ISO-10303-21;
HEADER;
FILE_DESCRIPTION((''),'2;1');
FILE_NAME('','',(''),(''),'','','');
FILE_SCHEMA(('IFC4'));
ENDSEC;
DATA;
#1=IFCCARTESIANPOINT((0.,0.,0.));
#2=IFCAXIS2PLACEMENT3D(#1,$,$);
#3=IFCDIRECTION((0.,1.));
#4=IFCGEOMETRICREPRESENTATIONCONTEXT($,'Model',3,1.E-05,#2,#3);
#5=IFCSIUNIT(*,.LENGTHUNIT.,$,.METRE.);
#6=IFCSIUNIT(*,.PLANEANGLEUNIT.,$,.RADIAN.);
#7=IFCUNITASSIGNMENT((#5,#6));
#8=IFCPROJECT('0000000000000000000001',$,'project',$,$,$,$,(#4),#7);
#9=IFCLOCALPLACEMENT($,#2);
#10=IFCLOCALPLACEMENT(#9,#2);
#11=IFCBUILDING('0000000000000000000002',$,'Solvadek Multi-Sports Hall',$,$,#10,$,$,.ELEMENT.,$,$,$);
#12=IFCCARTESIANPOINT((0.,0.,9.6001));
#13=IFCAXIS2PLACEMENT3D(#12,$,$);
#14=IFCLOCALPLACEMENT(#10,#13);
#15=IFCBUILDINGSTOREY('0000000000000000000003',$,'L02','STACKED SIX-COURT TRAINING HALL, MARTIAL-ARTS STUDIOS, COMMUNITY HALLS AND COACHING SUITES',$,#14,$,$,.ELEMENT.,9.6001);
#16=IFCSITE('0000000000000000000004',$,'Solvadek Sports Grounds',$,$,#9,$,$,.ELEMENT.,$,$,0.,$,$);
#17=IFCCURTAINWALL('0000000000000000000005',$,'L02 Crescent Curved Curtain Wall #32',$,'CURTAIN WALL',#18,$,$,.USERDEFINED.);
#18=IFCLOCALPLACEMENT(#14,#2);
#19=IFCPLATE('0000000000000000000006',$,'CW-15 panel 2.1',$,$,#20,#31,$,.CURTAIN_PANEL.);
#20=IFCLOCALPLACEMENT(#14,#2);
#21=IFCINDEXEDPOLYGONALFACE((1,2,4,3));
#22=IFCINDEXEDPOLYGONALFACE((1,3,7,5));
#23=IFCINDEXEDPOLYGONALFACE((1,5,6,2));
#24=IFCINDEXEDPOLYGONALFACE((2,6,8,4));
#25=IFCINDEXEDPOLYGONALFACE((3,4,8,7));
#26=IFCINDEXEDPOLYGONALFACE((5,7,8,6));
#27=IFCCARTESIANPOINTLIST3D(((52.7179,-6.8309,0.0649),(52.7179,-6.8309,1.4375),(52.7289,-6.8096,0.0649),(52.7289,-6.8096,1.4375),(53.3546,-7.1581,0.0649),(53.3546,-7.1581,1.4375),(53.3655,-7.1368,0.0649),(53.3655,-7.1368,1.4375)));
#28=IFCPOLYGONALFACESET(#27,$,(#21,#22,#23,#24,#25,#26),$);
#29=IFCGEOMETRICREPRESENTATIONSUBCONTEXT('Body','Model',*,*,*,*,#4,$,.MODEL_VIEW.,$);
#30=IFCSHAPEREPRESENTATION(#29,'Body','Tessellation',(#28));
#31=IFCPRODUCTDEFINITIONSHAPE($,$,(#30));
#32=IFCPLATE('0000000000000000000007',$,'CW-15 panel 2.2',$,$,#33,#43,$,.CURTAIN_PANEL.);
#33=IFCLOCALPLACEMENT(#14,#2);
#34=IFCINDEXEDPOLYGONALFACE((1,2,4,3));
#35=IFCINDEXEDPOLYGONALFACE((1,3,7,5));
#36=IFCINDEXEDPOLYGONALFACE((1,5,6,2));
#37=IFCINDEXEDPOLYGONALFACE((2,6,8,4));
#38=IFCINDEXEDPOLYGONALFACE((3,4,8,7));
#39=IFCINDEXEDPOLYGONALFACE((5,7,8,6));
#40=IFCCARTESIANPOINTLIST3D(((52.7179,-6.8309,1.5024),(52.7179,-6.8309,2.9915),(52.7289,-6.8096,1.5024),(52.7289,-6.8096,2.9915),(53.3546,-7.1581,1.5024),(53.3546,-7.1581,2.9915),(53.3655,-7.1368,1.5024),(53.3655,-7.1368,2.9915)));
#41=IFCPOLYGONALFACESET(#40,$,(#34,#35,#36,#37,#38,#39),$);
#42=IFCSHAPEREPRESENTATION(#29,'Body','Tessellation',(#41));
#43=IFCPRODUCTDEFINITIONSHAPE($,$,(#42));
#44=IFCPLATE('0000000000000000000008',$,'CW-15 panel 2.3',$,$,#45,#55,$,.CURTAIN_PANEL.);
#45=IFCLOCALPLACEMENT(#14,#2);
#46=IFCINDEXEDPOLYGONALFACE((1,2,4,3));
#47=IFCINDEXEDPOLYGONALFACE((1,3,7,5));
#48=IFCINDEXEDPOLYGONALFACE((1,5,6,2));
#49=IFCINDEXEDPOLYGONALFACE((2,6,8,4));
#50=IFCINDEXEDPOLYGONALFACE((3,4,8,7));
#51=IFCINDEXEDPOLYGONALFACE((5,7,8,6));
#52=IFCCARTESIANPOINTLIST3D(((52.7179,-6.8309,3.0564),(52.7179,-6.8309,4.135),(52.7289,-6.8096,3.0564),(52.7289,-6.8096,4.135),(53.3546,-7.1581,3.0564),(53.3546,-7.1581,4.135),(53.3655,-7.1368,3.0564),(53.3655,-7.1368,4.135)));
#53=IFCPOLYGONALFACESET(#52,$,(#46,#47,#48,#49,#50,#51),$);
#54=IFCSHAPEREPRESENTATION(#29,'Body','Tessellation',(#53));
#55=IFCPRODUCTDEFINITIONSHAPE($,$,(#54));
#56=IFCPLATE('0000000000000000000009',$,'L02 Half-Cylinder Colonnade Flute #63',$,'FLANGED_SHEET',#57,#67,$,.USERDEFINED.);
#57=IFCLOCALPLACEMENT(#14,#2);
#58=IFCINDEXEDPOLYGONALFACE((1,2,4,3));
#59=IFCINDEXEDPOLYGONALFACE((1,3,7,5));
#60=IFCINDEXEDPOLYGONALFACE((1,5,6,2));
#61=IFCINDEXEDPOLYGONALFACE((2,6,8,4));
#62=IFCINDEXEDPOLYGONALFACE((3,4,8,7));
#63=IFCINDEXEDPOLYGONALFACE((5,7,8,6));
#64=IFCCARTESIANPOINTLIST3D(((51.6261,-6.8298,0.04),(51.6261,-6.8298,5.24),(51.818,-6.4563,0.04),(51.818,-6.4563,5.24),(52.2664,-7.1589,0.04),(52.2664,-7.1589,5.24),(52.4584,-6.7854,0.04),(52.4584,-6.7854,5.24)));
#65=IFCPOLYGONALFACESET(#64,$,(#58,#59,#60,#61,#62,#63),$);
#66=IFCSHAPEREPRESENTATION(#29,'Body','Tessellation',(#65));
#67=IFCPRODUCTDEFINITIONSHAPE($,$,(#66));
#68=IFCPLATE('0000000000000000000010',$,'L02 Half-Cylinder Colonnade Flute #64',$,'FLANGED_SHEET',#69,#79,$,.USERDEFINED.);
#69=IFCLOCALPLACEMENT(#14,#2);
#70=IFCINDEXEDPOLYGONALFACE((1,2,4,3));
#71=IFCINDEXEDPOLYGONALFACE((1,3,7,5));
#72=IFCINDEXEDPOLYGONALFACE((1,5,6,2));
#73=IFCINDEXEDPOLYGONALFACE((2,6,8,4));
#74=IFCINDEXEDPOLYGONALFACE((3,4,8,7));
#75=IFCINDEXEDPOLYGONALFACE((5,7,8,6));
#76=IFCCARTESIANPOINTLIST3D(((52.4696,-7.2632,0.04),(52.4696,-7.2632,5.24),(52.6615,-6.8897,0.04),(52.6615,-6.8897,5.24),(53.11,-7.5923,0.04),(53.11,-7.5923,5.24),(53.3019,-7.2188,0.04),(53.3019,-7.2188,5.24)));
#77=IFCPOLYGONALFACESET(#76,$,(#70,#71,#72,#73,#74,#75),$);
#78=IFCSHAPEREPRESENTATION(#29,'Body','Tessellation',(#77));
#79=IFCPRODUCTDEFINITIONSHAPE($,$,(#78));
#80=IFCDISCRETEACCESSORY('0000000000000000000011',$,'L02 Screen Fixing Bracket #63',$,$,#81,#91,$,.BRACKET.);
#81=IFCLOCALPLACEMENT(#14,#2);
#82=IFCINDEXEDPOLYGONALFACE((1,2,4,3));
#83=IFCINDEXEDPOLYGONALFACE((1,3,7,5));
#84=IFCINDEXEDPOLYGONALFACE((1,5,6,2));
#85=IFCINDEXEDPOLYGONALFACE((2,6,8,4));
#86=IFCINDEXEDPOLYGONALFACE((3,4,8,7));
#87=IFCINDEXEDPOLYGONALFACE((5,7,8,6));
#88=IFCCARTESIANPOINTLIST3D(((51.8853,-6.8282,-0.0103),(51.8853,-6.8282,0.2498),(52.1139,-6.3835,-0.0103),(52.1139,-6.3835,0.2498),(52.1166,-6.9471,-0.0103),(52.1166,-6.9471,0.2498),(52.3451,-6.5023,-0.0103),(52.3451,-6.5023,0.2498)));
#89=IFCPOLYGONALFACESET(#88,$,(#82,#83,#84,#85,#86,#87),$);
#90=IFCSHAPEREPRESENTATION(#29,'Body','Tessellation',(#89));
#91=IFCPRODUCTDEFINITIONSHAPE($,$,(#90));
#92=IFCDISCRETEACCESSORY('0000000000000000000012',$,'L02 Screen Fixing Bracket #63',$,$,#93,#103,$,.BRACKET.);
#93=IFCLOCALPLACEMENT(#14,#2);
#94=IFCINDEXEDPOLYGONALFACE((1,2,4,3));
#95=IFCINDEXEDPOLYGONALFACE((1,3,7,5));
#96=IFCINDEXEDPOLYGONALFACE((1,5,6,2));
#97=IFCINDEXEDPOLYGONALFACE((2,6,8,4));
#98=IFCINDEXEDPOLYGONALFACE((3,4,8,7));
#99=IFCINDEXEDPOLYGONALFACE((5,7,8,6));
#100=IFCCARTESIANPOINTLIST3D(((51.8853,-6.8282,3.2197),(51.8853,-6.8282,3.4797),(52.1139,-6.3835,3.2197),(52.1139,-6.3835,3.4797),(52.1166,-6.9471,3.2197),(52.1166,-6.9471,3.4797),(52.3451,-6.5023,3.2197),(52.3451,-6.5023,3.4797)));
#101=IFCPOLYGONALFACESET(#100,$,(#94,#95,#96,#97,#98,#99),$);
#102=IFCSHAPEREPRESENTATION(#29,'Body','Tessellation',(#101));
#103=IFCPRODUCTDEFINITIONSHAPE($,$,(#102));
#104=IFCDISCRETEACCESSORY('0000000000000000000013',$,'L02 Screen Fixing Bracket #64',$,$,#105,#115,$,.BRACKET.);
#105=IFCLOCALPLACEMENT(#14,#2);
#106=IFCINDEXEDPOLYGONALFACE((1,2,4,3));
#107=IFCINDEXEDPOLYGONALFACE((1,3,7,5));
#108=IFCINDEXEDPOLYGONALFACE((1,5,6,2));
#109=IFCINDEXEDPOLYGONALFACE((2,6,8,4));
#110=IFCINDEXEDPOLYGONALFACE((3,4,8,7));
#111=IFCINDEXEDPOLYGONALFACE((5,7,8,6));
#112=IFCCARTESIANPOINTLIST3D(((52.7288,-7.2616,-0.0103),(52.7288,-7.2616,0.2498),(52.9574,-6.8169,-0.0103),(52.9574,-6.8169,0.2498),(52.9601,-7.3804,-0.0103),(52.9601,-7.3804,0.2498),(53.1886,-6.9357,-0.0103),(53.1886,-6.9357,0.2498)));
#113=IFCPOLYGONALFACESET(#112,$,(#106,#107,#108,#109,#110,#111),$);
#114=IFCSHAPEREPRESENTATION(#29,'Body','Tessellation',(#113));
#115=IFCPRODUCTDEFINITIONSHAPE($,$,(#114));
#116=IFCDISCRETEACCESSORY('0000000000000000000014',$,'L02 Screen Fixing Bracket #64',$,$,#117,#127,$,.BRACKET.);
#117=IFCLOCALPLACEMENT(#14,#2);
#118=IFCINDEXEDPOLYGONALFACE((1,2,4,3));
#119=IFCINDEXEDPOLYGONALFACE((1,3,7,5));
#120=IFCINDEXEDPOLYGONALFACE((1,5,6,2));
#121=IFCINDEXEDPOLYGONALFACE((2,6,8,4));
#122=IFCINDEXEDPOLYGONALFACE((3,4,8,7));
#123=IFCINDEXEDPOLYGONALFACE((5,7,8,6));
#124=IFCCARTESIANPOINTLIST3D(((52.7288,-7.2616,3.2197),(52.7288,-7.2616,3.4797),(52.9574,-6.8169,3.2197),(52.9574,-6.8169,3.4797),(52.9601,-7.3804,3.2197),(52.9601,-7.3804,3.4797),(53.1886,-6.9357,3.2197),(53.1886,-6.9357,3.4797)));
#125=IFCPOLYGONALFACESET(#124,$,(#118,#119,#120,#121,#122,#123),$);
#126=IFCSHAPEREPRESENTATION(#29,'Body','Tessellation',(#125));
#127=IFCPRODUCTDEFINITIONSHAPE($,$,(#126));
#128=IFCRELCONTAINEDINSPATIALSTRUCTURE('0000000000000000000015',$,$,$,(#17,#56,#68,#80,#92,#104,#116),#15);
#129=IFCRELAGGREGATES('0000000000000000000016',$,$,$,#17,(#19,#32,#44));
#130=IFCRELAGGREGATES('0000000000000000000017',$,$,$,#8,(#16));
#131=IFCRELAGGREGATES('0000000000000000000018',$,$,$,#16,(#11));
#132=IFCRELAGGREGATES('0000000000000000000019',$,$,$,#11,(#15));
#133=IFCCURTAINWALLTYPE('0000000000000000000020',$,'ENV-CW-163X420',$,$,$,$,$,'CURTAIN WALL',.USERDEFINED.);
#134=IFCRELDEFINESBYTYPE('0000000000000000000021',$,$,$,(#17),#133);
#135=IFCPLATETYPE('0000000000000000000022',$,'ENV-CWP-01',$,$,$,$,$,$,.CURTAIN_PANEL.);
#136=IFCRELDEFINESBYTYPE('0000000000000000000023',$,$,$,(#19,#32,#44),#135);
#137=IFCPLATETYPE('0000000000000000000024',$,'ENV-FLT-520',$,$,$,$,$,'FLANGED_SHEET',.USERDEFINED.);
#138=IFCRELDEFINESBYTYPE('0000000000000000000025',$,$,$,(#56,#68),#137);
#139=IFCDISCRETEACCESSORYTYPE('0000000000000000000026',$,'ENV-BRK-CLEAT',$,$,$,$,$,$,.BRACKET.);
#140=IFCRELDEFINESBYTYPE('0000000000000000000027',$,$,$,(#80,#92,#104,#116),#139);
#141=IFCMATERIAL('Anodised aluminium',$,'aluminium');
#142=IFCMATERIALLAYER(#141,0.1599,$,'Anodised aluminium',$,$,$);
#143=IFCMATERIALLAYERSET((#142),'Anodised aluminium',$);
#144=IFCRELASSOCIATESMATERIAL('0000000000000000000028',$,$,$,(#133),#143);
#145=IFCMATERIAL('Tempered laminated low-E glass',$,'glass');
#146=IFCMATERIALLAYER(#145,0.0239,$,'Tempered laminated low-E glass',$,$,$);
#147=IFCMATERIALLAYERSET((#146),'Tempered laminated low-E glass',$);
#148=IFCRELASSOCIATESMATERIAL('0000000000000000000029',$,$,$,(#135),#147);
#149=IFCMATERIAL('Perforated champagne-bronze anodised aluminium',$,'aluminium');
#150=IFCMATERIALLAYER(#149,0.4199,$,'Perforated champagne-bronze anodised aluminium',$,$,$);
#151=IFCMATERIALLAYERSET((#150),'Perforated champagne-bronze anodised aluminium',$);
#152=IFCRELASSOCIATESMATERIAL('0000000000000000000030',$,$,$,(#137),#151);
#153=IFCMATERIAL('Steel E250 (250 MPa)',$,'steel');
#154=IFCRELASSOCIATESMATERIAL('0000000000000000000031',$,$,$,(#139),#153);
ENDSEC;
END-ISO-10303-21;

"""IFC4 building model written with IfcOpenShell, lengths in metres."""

from ifc_helpers import new_model, si_unit, direction, frame, origin, origin_2d, place, context, subcontext, project, spatial, rectangle, extrude, material, layer, layer_set, type_object, element, aggregate, save


model = new_model("IFC4")

# Units and contexts
model_context = context("Model", 3, precision=1e-05, world=origin(), true_north=direction((0.0, 1.0)))
body_context = subcontext(model_context, "Body", "Model", "MODEL_VIEW")
ifc_project = project(units=[si_unit("LENGTHUNIT", "METRE"), si_unit("PLANEANGLEUNIT", "RADIAN")], contexts=[model_context])

# Site, building, storey
site_placement = place(None, origin())
site = spatial("IfcSite", under=ifc_project, at=site_placement, Name="Solvadek Sports Grounds", CompositionType="ELEMENT", RefElevation=0.0)
building_placement = place(site_placement, origin())
building = spatial("IfcBuilding", under=site, at=building_placement, Name="Solvadek Multi-Sports Hall", CompositionType="ELEMENT")
storey_placement = place(building_placement, frame((0.0, 0.0, 9.6001)))
storey = spatial("IfcBuildingStorey", under=building, at=storey_placement, Name="L02", Description="STACKED SIX-COURT TRAINING HALL, MARTIAL-ARTS STUDIOS, COMMUNITY HALLS AND COACHING SUITES", CompositionType="ELEMENT", Elevation=9.6001)

# Curtain wall
ifc_material_1 = material(Name="Anodised aluminium", Category="aluminium")
ifc_layer_1 = layer(ifc_material_1, 0.1599, Name="Anodised aluminium")
ifc_layer_set_1 = layer_set([ifc_layer_1], Name="Anodised aluminium")
curtain_wall_type_1 = type_object("IfcCurtainWallType", Name="ENV-CW-163X420", ElementType="CURTAIN WALL", PredefinedType="USERDEFINED", material=ifc_layer_set_1)
curtain_wall_1_placement = place(storey_placement, origin())
curtain_wall_1 = element("IfcCurtainWall", 1, at=curtain_wall_1_placement, inside=storey, type_object=curtain_wall_type_1, Name="L02 Crescent Curved Curtain Wall #32", ObjectType="CURTAIN WALL", PredefinedType="USERDEFINED")

# Plates
ifc_material_2 = material(Name="Tempered laminated low-E glass", Category="glass")
ifc_layer_2 = layer(ifc_material_2, 0.0239, Name="Tempered laminated low-E glass")
ifc_layer_set_2 = layer_set([ifc_layer_2], Name="Tempered laminated low-E glass")
plate_type_1 = type_object("IfcPlateType", Name="ENV-CWP-01", PredefinedType="CURTAIN_PANEL", material=ifc_layer_set_2)
plate_1_placement = place(storey_placement, frame((53.0417, -6.9839, 0.0649), z_axis=(0.0, 0.0, 1.0), x_axis=(0.889417, -0.457097, 0.0)))
plate_1 = element("IfcPlate", 2, at=plate_1_placement, type_object=plate_type_1, Name="CW-15 panel 2.1", PredefinedType="CURTAIN_PANEL", context=body_context, shape_type="SweptSolid", body=[
    extrude(rectangle(XDim=0.7158, YDim=0.0239, at=origin_2d()), origin(), (0.0, 0.0, 1.0), 1.3726),
])
plate_2_placement = place(storey_placement, frame((53.0417, -6.9839, 1.5024), z_axis=(0.0, 0.0, 1.0), x_axis=(0.889417, -0.457097, 0.0)))
plate_2 = element("IfcPlate", 3, at=plate_2_placement, type_object=plate_type_1, Name="CW-15 panel 2.2", PredefinedType="CURTAIN_PANEL", context=body_context, shape_type="SweptSolid", body=[
    extrude(rectangle(XDim=0.7158, YDim=0.0239, at=origin_2d()), origin(), (0.0, 0.0, 1.0), 1.489),
])
plate_3_placement = place(storey_placement, frame((53.0417, -6.9839, 3.0564), z_axis=(0.0, 0.0, 1.0), x_axis=(0.889417, -0.457097, 0.0)))
plate_3 = element("IfcPlate", 4, at=plate_3_placement, type_object=plate_type_1, Name="CW-15 panel 2.3", PredefinedType="CURTAIN_PANEL", context=body_context, shape_type="SweptSolid", body=[
    extrude(rectangle(XDim=0.7158, YDim=0.0239, at=origin_2d()), origin(), (0.0, 0.0, 1.0), 1.0786),
])
aggregate(curtain_wall_1, [plate_1, plate_2, plate_3])

# Plates
ifc_material_3 = material(Name="Perforated champagne-bronze anodised aluminium", Category="aluminium")
ifc_layer_3 = layer(ifc_material_3, 0.4199, Name="Perforated champagne-bronze anodised aluminium")
ifc_layer_set_3 = layer_set([ifc_layer_3], Name="Perforated champagne-bronze anodised aluminium")
plate_type_2 = type_object("IfcPlateType", Name="ENV-FLT-520", ElementType="FLANGED_SHEET", PredefinedType="USERDEFINED", material=ifc_layer_set_3)
for number, where, z_axis, x_axis, name in (
    (5, (52.0422, -6.8076, 0.04), (0.0, 0.0, 1.0), (0.889427, -0.457078, 0.0), "L02 Half-Cylinder Colonnade Flute #63"),
    (6, (52.8857, -7.241, 0.04), (0.0, 0.0, 1.0), (0.889427, -0.457078, 0.0), "L02 Half-Cylinder Colonnade Flute #64"),
):
    element("IfcPlate", number, at=place(storey_placement, frame(where, z_axis=z_axis, x_axis=x_axis)), inside=storey, type_object=plate_type_2, Name=name, ObjectType="FLANGED_SHEET", PredefinedType="USERDEFINED", context=body_context, shape_type="SweptSolid", body=[
        extrude(rectangle(XDim=0.72, YDim=0.4199, at=origin_2d()), origin(), (0.0, 0.0, 1.0), 5.2),
    ])

# Discrete accessories
ifc_material_4 = material(Name="Steel E250 (250 MPa)", Category="steel")
discrete_accessory_type = type_object("IfcDiscreteAccessoryType", Name="ENV-BRK-CLEAT", PredefinedType="BRACKET", material=ifc_material_4)
for number, where, z_axis, x_axis, name in (
    (7, (52.1152, -6.6653, -0.0103), (0.0, 0.0, 1.0), (0.889427, -0.457078, 0.0), "L02 Screen Fixing Bracket #63"),
    (8, (52.1152, -6.6653, 3.2197), (0.0, 0.0, 1.0), (0.889427, -0.457078, 0.0), "L02 Screen Fixing Bracket #63"),
    (9, (52.9587, -7.0986, -0.0103), (0.0, 0.0, 1.0), (0.889427, -0.457078, 0.0), "L02 Screen Fixing Bracket #64"),
    (10, (52.9587, -7.0986, 3.2197), (0.0, 0.0, 1.0), (0.889427, -0.457078, 0.0), "L02 Screen Fixing Bracket #64"),
):
    element("IfcDiscreteAccessory", number, at=place(storey_placement, frame(where, z_axis=z_axis, x_axis=x_axis)), inside=storey, type_object=discrete_accessory_type, Name=name, PredefinedType="BRACKET", context=body_context, shape_type="SweptSolid", body=[
        extrude(rectangle(XDim=0.26, YDim=0.5, at=origin_2d()), origin(), (0.0, 0.0, 1.0), 0.26),
    ])

save(model, "model.ifc")
